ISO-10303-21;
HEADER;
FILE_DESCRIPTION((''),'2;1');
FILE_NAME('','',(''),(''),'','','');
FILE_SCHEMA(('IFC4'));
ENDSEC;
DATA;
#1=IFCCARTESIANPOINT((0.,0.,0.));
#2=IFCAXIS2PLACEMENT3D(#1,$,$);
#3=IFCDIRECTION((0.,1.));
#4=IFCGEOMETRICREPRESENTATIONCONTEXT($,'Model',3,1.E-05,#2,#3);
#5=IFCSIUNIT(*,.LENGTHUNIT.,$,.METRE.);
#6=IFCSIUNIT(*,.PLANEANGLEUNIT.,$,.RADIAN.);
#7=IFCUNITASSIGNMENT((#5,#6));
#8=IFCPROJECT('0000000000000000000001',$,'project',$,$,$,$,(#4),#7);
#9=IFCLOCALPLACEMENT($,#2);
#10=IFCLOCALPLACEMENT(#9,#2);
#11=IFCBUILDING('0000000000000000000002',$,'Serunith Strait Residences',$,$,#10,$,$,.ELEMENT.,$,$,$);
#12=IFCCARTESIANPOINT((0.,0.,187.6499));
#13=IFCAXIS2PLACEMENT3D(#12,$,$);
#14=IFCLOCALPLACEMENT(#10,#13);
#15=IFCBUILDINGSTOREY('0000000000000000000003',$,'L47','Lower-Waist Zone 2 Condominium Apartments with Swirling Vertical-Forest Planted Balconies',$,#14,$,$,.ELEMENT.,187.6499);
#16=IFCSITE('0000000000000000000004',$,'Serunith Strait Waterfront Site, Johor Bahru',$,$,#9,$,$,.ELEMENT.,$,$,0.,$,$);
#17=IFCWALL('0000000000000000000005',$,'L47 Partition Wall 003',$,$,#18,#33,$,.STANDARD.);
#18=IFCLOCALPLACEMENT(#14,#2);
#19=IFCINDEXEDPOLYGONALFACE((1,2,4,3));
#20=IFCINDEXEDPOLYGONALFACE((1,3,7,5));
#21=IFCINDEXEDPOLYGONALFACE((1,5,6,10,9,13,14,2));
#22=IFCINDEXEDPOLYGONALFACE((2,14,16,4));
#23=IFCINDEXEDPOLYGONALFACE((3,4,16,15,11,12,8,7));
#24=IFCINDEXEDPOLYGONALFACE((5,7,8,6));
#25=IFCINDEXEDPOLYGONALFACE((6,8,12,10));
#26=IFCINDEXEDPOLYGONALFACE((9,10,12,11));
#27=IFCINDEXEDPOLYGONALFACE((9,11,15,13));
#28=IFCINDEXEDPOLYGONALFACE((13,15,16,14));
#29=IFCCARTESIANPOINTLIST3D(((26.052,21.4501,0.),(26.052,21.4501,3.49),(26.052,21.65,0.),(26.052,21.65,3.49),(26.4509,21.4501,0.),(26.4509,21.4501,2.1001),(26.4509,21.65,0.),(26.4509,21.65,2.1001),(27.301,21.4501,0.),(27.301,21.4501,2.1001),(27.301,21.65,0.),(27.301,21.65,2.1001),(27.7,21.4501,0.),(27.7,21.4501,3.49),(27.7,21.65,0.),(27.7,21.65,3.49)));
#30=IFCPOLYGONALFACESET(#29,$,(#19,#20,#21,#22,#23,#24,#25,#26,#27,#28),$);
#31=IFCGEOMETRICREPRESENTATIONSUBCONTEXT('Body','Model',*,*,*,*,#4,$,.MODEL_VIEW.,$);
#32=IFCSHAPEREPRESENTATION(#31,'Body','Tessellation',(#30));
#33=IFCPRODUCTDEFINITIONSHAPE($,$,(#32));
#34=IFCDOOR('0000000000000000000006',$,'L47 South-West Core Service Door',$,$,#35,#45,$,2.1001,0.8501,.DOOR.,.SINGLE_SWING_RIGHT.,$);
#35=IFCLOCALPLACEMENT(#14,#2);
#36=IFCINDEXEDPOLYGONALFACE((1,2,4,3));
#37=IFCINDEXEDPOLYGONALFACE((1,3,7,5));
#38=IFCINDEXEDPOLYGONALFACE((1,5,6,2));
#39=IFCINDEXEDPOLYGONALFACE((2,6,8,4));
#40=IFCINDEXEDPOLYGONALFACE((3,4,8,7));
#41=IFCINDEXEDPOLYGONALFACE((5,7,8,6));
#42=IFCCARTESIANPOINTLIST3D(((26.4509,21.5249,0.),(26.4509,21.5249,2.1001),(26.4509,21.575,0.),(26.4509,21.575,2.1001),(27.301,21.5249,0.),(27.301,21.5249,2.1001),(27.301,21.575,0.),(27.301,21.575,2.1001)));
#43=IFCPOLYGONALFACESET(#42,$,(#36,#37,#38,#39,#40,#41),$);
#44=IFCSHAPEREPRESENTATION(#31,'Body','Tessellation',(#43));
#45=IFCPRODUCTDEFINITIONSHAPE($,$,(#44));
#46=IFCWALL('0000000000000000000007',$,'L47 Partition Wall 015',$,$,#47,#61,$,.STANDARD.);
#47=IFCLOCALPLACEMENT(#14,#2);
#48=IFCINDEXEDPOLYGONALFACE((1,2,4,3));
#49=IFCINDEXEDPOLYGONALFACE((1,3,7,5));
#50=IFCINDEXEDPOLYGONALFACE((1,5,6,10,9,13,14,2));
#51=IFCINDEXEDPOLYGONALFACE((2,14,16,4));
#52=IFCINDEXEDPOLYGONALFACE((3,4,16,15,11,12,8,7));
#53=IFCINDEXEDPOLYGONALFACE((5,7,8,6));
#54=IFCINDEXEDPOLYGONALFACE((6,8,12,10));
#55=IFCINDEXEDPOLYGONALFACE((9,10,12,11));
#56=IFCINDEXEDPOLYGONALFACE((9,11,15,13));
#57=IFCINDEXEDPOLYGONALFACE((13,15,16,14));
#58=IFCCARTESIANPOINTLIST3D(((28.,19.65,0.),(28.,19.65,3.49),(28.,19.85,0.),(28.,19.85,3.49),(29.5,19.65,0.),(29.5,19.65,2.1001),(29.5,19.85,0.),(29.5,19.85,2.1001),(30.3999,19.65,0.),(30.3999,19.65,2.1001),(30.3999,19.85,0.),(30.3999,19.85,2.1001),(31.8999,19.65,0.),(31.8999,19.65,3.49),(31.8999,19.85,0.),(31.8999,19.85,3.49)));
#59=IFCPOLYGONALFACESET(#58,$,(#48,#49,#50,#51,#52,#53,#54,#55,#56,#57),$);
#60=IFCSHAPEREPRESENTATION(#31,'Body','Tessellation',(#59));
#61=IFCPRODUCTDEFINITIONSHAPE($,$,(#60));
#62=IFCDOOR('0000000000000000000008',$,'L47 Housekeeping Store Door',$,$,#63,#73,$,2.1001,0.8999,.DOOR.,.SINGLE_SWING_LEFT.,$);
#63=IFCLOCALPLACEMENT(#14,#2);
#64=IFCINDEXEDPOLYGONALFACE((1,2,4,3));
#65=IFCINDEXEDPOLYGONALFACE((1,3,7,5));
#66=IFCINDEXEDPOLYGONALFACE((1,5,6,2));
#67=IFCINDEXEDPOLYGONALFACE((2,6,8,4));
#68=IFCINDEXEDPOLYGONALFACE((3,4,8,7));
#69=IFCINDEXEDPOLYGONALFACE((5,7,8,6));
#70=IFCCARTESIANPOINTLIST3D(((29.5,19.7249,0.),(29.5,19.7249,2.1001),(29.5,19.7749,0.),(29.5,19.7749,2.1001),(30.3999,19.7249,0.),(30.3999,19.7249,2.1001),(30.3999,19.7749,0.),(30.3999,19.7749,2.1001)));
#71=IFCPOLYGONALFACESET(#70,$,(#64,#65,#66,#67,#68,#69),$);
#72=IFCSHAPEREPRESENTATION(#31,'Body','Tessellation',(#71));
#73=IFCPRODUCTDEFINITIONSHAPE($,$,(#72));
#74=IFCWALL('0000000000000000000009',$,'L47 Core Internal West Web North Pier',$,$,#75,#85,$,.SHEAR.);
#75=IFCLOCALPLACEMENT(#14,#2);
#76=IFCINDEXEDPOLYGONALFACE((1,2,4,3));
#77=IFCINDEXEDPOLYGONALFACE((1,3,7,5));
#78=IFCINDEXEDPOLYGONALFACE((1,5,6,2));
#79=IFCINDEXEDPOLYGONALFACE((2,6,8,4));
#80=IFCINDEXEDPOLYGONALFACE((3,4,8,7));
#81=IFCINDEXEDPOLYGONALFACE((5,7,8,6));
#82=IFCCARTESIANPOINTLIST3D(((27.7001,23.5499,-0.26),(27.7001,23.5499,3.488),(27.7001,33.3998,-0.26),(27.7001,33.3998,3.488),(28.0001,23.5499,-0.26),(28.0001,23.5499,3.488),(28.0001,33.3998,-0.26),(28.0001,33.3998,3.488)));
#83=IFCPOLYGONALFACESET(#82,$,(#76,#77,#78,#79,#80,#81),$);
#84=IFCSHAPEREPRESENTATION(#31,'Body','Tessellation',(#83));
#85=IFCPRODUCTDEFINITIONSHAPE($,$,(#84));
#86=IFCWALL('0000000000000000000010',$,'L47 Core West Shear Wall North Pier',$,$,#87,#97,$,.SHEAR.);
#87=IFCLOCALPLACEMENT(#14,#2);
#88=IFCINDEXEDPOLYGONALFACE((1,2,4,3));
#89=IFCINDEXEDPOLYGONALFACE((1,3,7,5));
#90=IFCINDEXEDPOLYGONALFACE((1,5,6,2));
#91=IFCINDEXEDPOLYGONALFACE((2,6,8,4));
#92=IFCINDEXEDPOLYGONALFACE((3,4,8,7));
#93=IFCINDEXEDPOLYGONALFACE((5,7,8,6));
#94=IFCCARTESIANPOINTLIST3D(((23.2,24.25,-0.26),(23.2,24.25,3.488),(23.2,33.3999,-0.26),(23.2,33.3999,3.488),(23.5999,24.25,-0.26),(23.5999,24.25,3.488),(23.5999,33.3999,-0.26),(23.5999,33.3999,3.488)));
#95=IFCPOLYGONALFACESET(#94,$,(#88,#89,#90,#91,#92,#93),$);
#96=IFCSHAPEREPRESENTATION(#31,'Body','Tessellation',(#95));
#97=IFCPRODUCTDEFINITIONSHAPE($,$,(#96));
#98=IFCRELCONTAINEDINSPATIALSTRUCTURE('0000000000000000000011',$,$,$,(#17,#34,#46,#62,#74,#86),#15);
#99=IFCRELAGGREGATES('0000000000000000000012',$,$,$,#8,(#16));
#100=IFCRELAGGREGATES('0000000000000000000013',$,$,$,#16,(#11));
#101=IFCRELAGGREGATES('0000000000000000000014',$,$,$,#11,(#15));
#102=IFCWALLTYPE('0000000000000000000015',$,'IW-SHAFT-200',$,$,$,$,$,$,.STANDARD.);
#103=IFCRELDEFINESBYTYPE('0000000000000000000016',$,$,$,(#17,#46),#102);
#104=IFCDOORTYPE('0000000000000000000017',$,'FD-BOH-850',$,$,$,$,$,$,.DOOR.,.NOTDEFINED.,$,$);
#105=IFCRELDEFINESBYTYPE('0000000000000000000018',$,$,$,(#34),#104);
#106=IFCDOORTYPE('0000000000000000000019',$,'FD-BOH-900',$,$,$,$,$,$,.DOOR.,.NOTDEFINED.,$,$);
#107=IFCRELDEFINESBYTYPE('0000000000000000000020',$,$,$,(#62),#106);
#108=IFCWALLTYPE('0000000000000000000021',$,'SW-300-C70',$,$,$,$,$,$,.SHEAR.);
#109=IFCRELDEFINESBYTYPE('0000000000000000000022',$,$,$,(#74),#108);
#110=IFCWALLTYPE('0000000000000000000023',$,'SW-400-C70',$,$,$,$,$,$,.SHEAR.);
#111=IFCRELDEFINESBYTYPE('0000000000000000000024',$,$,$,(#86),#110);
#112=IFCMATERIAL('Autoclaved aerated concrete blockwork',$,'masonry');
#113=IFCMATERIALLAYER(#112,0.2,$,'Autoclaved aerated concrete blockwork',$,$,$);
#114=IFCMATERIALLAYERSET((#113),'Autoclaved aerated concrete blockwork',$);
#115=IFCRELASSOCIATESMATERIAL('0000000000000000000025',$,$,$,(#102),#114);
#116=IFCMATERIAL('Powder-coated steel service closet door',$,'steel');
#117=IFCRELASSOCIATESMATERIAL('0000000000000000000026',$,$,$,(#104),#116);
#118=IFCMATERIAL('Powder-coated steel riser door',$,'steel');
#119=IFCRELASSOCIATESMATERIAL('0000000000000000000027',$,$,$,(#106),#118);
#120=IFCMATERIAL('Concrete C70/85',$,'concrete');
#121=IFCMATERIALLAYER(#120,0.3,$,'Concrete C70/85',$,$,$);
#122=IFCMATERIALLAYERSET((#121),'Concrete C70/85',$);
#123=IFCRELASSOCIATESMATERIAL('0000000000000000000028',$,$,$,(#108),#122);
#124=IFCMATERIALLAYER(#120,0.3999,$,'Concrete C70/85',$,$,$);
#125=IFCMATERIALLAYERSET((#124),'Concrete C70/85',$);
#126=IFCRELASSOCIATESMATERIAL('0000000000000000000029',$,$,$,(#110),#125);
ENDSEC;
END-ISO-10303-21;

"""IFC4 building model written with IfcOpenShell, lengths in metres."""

from ifc_helpers import new_model, si_unit, direction, frame, frame_2d, origin, place, context, subcontext, project, spatial, rectangle, extrude, source, transform, mapped, material, layer, layer_set, type_object, element, fill, save


model = new_model("IFC4")

# Units and contexts
model_context = context("Model", 3, precision=1e-05, world=origin(), true_north=direction((0.0, 1.0)))
body_context = subcontext(model_context, "Body", "Model", "MODEL_VIEW")
ifc_project = project(units=[si_unit("LENGTHUNIT", "METRE"), si_unit("PLANEANGLEUNIT", "RADIAN")], contexts=[model_context])

# Site, building, storey
site_placement = place(None, origin())
site = spatial("IfcSite", under=ifc_project, at=site_placement, Name="Serunith Strait Waterfront Site, Johor Bahru", CompositionType="ELEMENT", RefElevation=0.0)
building_placement = place(site_placement, origin())
building = spatial("IfcBuilding", under=site, at=building_placement, Name="Serunith Strait Residences", CompositionType="ELEMENT")
storey_placement = place(building_placement, frame((0.0, 0.0, 187.6499)))
storey = spatial("IfcBuildingStorey", under=building, at=storey_placement, Name="L47", Description="Lower-Waist Zone 2 Condominium Apartments with Swirling Vertical-Forest Planted Balconies", CompositionType="ELEMENT", Elevation=187.6499)

# Shared definitions
shared_shape_1 = source(origin(), body_context, "Body", "SweptSolid", [
    extrude(rectangle(XDim=0.8501, YDim=2.1001, at=frame_2d((0.425, 1.05))), frame((0.0, 0.0249, 0.0), z_axis=(0.0, -1.0, 0.0), x_axis=(1.0, 0.0, 0.0)), (0.0, 0.0, 1.0), 0.05),
])
ifc_material_1 = material(Name="Autoclaved aerated concrete blockwork", Category="masonry")
ifc_layer_1 = layer(ifc_material_1, 0.2, Name="Autoclaved aerated concrete blockwork")
ifc_layer_set_1 = layer_set([ifc_layer_1], Name="Autoclaved aerated concrete blockwork")
wall_type_1 = type_object("IfcWallType", Name="IW-SHAFT-200", PredefinedType="STANDARD", material=ifc_layer_set_1)

# Walls, openings, doors
wall_1_placement = place(storey_placement, frame((26.052, 21.55, 0.0), z_axis=(0.0, 0.0, 1.0), x_axis=(1.0, 0.0, 0.0)))
wall_1 = element("IfcWall", 1, at=wall_1_placement, inside=storey, type_object=wall_type_1, Name="L47 Partition Wall 003", PredefinedType="STANDARD", context=body_context, shape_type="SweptSolid", body=[
    extrude(rectangle(XDim=1.6479, YDim=0.2, at=frame_2d((0.824, 0.0))), origin(), (0.0, 0.0, 1.0), 3.49),
])
opening_1_placement = place(wall_1_placement, frame((0.3989, 0.0, 0.0)))
opening_1 = element("IfcOpeningElement", 2, at=opening_1_placement, cuts=wall_1, PredefinedType="OPENING", context=body_context, shape_type="SweptSolid", body=[
    extrude(rectangle(XDim=0.8501, YDim=2.1001, at=frame_2d((0.425, 1.05))), frame((0.0, 0.1099, 0.0), z_axis=(0.0, -1.0, 0.0), x_axis=(1.0, 0.0, 0.0)), (0.0, 0.0, 1.0), 0.22),
])
ifc_material_2 = material(Name="Powder-coated steel service closet door", Category="steel")
door_type_1 = type_object("IfcDoorType", Name="FD-BOH-850", OperationType="NOTDEFINED", PredefinedType="DOOR", material=ifc_material_2)
door_1_placement = place(opening_1_placement, origin())
door_1 = element("IfcDoor", 3, at=door_1_placement, inside=storey, type_object=door_type_1, Name="L47 South-West Core Service Door", OperationType="SINGLE_SWING_RIGHT", OverallHeight=2.1001, OverallWidth=0.8501, PredefinedType="DOOR", context=body_context, shape_type="MappedRepresentation", body=[
    mapped(shared_shape_1, transform((0.0, 0.0, 0.0), scale=1.0)),
])
fill(opening_1, door_1)
wall_2_placement = place(storey_placement, frame((28.0, 19.75, 0.0), z_axis=(0.0, 0.0, 1.0), x_axis=(1.0, 0.0, 0.0)))
wall_2 = element("IfcWall", 4, at=wall_2_placement, inside=storey, type_object=wall_type_1, Name="L47 Partition Wall 015", PredefinedType="STANDARD", context=body_context, shape_type="SweptSolid", body=[
    extrude(rectangle(XDim=3.8999, YDim=0.2, at=frame_2d((1.95, 0.0))), origin(), (0.0, 0.0, 1.0), 3.49),
])
opening_2_placement = place(wall_2_placement, frame((1.5, 0.0, 0.0)))
opening_2 = element("IfcOpeningElement", 5, at=opening_2_placement, cuts=wall_2, PredefinedType="OPENING", context=body_context, shape_type="SweptSolid", body=[
    extrude(rectangle(XDim=0.8999, YDim=2.1001, at=frame_2d((0.45, 1.05))), frame((0.0, 0.1099, 0.0), z_axis=(0.0, -1.0, 0.0), x_axis=(1.0, 0.0, 0.0)), (0.0, 0.0, 1.0), 0.22),
])
ifc_material_3 = material(Name="Powder-coated steel riser door", Category="steel")
door_type_2 = type_object("IfcDoorType", Name="FD-BOH-900", OperationType="NOTDEFINED", PredefinedType="DOOR", material=ifc_material_3)
shared_shape_2 = source(origin(), body_context, "Body", "SweptSolid", [
    extrude(rectangle(XDim=0.8999, YDim=2.1001, at=frame_2d((0.45, 1.05))), frame((0.0, 0.0249, 0.0), z_axis=(0.0, -1.0, 0.0), x_axis=(1.0, 0.0, 0.0)), (0.0, 0.0, 1.0), 0.05),
])
door_2_placement = place(opening_2_placement, origin())
door_2 = element("IfcDoor", 6, at=door_2_placement, inside=storey, type_object=door_type_2, Name="L47 Housekeeping Store Door", OperationType="SINGLE_SWING_LEFT", OverallHeight=2.1001, OverallWidth=0.8999, PredefinedType="DOOR", context=body_context, shape_type="MappedRepresentation", body=[
    mapped(shared_shape_2, transform((0.0, 0.0, 0.0), scale=1.0)),
])
fill(opening_2, door_2)

# Walls
ifc_material_4 = material(Name="Concrete C70/85", Category="concrete")
ifc_layer_2 = layer(ifc_material_4, 0.3, Name="Concrete C70/85")
ifc_layer_set_2 = layer_set([ifc_layer_2], Name="Concrete C70/85")
wall_type_2 = type_object("IfcWallType", Name="SW-300-C70", PredefinedType="SHEAR", material=ifc_layer_set_2)
wall_3_placement = place(storey_placement, frame((27.8501, 23.55, -0.26), z_axis=(0.0, 0.0, 1.0), x_axis=(0.0, 1.0, 0.0)))
element("IfcWall", 7, at=wall_3_placement, inside=storey, type_object=wall_type_2, Name="L47 Core Internal West Web North Pier", PredefinedType="SHEAR", context=body_context, shape_type="SweptSolid", body=[
    extrude(rectangle(XDim=9.8499, YDim=0.3, at=frame_2d((4.9248, 0.0))), origin(), (0.0, 0.0, 1.0), 3.748),
])
ifc_layer_3 = layer(ifc_material_4, 0.3999, Name="Concrete C70/85")
ifc_layer_set_3 = layer_set([ifc_layer_3], Name="Concrete C70/85")
wall_type_3 = type_object("IfcWallType", Name="SW-400-C70", PredefinedType="SHEAR", material=ifc_layer_set_3)
wall_4_placement = place(storey_placement, frame((23.3999, 24.25, -0.26), z_axis=(0.0, 0.0, 1.0), x_axis=(0.0, 1.0, 0.0)))
element("IfcWall", 8, at=wall_4_placement, inside=storey, type_object=wall_type_3, Name="L47 Core West Shear Wall North Pier", PredefinedType="SHEAR", context=body_context, shape_type="SweptSolid", body=[
    extrude(rectangle(XDim=9.1499, YDim=0.3999, at=frame_2d((4.575, 0.0))), origin(), (0.0, 0.0, 1.0), 3.748),
])

save(model, "model.ifc")
